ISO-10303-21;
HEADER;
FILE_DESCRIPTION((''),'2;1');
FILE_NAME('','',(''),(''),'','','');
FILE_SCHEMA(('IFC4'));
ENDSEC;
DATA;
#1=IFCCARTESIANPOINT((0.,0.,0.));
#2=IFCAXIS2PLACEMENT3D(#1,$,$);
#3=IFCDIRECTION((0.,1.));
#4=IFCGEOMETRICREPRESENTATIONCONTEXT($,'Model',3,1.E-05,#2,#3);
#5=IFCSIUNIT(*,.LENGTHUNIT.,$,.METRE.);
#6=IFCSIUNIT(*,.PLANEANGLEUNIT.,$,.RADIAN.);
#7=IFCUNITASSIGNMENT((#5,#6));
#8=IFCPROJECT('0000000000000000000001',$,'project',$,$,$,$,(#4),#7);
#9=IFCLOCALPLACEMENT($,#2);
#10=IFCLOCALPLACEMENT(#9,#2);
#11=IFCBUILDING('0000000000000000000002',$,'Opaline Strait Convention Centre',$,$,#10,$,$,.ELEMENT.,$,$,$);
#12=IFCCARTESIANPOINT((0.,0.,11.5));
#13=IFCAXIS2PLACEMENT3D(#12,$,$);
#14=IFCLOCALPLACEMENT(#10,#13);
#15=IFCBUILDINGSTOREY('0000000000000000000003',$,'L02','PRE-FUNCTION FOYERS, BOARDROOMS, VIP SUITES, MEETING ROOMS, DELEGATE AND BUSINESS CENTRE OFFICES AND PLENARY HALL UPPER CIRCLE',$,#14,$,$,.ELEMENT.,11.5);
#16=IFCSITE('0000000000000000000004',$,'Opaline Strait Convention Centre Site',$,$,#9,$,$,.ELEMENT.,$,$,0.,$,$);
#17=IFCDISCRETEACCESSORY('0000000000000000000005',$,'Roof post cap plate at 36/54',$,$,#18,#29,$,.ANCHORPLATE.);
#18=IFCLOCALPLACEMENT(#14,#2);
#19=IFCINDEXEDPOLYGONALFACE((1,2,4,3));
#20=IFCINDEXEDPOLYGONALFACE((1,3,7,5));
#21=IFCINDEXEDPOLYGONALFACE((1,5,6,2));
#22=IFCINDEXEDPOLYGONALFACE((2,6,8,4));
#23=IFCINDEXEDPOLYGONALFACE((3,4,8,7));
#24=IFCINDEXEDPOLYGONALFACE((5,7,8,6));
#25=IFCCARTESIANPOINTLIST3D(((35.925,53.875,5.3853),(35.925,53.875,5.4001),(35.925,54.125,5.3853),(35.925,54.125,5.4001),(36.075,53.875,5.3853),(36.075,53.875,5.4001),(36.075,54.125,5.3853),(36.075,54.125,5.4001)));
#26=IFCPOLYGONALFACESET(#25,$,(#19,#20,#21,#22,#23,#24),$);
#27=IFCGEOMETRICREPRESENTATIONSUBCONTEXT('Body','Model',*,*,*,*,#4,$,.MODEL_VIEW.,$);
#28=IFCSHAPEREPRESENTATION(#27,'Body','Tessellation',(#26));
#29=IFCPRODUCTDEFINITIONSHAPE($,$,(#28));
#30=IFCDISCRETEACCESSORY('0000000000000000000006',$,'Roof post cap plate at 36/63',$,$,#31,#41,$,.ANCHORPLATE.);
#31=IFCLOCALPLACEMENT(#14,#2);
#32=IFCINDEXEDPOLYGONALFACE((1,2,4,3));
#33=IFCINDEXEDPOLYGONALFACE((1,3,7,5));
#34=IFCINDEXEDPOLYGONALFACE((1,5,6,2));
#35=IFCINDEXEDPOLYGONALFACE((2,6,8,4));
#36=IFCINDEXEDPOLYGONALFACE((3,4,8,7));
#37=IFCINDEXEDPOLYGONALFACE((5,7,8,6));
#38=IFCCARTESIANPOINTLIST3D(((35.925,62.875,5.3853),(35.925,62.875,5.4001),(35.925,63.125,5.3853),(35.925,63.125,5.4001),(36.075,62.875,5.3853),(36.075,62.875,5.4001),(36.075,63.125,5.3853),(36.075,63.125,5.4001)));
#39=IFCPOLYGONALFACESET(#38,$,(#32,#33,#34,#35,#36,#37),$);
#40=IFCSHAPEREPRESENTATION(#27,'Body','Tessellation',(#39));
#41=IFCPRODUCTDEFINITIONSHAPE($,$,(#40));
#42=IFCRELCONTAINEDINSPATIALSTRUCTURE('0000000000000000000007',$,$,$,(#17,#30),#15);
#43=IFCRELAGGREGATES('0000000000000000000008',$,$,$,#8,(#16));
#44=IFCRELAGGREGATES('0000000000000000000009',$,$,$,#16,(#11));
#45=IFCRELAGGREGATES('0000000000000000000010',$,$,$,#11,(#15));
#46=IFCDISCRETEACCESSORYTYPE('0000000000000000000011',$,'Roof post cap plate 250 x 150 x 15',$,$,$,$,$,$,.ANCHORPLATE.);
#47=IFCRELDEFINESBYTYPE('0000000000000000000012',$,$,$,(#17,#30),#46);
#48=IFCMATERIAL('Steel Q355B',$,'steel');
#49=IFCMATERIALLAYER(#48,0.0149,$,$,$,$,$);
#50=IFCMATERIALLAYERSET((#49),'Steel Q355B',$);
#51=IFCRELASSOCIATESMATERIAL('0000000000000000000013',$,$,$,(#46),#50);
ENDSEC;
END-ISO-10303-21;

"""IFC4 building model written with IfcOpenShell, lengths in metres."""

from ifc_helpers import new_model, si_unit, direction, frame, origin, origin_2d, place, context, subcontext, project, spatial, rectangle, extrude, material, layer, layer_set, type_object, element, save


model = new_model("IFC4")

# Units and contexts
model_context = context("Model", 3, precision=1e-05, world=origin(), true_north=direction((0.0, 1.0)))
body_context = subcontext(model_context, "Body", "Model", "MODEL_VIEW")
ifc_project = project(units=[si_unit("LENGTHUNIT", "METRE"), si_unit("PLANEANGLEUNIT", "RADIAN")], contexts=[model_context])

# Site, building, storey
site_placement = place(None, origin())
site = spatial("IfcSite", under=ifc_project, at=site_placement, Name="Opaline Strait Convention Centre Site", CompositionType="ELEMENT", RefElevation=0.0)
building_placement = place(site_placement, origin())
building = spatial("IfcBuilding", under=site, at=building_placement, Name="Opaline Strait Convention Centre", CompositionType="ELEMENT")
storey_placement = place(building_placement, frame((0.0, 0.0, 11.5)))
storey = spatial("IfcBuildingStorey", under=building, at=storey_placement, Name="L02", Description="PRE-FUNCTION FOYERS, BOARDROOMS, VIP SUITES, MEETING ROOMS, DELEGATE AND BUSINESS CENTRE OFFICES AND PLENARY HALL UPPER CIRCLE", CompositionType="ELEMENT", Elevation=11.5)

# Shared definitions
ifc_material_1 = material(Name="Steel Q355B", Category="steel")

# Discrete accessories
ifc_layer_1 = layer(ifc_material_1, 0.0149)
ifc_layer_set_1 = layer_set([ifc_layer_1], Name="Steel Q355B")
discrete_accessory_type_1 = type_object("IfcDiscreteAccessoryType", Name="Roof post cap plate 250 x 150 x 15", PredefinedType="ANCHORPLATE", material=ifc_layer_set_1)
for number, where, z_axis, x_axis, name in (
    (1, (36.0, 54.0, 5.3853), (0.0, 0.0, 1.0), (1.0, 0.0, 0.0), "Roof post cap plate at 36/54"),
    (2, (36.0, 63.0, 5.3853), (0.0, 0.0, 1.0), (1.0, 0.0, 0.0), "Roof post cap plate at 36/63"),
):
    element("IfcDiscreteAccessory", number, at=place(storey_placement, frame(where, z_axis=z_axis, x_axis=x_axis)), inside=storey, type_object=discrete_accessory_type_1, Name=name, PredefinedType="ANCHORPLATE", context=body_context, shape_type="SweptSolid", body=[
        extrude(rectangle(XDim=0.1499, YDim=0.25, at=origin_2d()), origin(), (0.0, 0.0, 1.0), 0.0149),
    ])

save(model, "model.ifc")
